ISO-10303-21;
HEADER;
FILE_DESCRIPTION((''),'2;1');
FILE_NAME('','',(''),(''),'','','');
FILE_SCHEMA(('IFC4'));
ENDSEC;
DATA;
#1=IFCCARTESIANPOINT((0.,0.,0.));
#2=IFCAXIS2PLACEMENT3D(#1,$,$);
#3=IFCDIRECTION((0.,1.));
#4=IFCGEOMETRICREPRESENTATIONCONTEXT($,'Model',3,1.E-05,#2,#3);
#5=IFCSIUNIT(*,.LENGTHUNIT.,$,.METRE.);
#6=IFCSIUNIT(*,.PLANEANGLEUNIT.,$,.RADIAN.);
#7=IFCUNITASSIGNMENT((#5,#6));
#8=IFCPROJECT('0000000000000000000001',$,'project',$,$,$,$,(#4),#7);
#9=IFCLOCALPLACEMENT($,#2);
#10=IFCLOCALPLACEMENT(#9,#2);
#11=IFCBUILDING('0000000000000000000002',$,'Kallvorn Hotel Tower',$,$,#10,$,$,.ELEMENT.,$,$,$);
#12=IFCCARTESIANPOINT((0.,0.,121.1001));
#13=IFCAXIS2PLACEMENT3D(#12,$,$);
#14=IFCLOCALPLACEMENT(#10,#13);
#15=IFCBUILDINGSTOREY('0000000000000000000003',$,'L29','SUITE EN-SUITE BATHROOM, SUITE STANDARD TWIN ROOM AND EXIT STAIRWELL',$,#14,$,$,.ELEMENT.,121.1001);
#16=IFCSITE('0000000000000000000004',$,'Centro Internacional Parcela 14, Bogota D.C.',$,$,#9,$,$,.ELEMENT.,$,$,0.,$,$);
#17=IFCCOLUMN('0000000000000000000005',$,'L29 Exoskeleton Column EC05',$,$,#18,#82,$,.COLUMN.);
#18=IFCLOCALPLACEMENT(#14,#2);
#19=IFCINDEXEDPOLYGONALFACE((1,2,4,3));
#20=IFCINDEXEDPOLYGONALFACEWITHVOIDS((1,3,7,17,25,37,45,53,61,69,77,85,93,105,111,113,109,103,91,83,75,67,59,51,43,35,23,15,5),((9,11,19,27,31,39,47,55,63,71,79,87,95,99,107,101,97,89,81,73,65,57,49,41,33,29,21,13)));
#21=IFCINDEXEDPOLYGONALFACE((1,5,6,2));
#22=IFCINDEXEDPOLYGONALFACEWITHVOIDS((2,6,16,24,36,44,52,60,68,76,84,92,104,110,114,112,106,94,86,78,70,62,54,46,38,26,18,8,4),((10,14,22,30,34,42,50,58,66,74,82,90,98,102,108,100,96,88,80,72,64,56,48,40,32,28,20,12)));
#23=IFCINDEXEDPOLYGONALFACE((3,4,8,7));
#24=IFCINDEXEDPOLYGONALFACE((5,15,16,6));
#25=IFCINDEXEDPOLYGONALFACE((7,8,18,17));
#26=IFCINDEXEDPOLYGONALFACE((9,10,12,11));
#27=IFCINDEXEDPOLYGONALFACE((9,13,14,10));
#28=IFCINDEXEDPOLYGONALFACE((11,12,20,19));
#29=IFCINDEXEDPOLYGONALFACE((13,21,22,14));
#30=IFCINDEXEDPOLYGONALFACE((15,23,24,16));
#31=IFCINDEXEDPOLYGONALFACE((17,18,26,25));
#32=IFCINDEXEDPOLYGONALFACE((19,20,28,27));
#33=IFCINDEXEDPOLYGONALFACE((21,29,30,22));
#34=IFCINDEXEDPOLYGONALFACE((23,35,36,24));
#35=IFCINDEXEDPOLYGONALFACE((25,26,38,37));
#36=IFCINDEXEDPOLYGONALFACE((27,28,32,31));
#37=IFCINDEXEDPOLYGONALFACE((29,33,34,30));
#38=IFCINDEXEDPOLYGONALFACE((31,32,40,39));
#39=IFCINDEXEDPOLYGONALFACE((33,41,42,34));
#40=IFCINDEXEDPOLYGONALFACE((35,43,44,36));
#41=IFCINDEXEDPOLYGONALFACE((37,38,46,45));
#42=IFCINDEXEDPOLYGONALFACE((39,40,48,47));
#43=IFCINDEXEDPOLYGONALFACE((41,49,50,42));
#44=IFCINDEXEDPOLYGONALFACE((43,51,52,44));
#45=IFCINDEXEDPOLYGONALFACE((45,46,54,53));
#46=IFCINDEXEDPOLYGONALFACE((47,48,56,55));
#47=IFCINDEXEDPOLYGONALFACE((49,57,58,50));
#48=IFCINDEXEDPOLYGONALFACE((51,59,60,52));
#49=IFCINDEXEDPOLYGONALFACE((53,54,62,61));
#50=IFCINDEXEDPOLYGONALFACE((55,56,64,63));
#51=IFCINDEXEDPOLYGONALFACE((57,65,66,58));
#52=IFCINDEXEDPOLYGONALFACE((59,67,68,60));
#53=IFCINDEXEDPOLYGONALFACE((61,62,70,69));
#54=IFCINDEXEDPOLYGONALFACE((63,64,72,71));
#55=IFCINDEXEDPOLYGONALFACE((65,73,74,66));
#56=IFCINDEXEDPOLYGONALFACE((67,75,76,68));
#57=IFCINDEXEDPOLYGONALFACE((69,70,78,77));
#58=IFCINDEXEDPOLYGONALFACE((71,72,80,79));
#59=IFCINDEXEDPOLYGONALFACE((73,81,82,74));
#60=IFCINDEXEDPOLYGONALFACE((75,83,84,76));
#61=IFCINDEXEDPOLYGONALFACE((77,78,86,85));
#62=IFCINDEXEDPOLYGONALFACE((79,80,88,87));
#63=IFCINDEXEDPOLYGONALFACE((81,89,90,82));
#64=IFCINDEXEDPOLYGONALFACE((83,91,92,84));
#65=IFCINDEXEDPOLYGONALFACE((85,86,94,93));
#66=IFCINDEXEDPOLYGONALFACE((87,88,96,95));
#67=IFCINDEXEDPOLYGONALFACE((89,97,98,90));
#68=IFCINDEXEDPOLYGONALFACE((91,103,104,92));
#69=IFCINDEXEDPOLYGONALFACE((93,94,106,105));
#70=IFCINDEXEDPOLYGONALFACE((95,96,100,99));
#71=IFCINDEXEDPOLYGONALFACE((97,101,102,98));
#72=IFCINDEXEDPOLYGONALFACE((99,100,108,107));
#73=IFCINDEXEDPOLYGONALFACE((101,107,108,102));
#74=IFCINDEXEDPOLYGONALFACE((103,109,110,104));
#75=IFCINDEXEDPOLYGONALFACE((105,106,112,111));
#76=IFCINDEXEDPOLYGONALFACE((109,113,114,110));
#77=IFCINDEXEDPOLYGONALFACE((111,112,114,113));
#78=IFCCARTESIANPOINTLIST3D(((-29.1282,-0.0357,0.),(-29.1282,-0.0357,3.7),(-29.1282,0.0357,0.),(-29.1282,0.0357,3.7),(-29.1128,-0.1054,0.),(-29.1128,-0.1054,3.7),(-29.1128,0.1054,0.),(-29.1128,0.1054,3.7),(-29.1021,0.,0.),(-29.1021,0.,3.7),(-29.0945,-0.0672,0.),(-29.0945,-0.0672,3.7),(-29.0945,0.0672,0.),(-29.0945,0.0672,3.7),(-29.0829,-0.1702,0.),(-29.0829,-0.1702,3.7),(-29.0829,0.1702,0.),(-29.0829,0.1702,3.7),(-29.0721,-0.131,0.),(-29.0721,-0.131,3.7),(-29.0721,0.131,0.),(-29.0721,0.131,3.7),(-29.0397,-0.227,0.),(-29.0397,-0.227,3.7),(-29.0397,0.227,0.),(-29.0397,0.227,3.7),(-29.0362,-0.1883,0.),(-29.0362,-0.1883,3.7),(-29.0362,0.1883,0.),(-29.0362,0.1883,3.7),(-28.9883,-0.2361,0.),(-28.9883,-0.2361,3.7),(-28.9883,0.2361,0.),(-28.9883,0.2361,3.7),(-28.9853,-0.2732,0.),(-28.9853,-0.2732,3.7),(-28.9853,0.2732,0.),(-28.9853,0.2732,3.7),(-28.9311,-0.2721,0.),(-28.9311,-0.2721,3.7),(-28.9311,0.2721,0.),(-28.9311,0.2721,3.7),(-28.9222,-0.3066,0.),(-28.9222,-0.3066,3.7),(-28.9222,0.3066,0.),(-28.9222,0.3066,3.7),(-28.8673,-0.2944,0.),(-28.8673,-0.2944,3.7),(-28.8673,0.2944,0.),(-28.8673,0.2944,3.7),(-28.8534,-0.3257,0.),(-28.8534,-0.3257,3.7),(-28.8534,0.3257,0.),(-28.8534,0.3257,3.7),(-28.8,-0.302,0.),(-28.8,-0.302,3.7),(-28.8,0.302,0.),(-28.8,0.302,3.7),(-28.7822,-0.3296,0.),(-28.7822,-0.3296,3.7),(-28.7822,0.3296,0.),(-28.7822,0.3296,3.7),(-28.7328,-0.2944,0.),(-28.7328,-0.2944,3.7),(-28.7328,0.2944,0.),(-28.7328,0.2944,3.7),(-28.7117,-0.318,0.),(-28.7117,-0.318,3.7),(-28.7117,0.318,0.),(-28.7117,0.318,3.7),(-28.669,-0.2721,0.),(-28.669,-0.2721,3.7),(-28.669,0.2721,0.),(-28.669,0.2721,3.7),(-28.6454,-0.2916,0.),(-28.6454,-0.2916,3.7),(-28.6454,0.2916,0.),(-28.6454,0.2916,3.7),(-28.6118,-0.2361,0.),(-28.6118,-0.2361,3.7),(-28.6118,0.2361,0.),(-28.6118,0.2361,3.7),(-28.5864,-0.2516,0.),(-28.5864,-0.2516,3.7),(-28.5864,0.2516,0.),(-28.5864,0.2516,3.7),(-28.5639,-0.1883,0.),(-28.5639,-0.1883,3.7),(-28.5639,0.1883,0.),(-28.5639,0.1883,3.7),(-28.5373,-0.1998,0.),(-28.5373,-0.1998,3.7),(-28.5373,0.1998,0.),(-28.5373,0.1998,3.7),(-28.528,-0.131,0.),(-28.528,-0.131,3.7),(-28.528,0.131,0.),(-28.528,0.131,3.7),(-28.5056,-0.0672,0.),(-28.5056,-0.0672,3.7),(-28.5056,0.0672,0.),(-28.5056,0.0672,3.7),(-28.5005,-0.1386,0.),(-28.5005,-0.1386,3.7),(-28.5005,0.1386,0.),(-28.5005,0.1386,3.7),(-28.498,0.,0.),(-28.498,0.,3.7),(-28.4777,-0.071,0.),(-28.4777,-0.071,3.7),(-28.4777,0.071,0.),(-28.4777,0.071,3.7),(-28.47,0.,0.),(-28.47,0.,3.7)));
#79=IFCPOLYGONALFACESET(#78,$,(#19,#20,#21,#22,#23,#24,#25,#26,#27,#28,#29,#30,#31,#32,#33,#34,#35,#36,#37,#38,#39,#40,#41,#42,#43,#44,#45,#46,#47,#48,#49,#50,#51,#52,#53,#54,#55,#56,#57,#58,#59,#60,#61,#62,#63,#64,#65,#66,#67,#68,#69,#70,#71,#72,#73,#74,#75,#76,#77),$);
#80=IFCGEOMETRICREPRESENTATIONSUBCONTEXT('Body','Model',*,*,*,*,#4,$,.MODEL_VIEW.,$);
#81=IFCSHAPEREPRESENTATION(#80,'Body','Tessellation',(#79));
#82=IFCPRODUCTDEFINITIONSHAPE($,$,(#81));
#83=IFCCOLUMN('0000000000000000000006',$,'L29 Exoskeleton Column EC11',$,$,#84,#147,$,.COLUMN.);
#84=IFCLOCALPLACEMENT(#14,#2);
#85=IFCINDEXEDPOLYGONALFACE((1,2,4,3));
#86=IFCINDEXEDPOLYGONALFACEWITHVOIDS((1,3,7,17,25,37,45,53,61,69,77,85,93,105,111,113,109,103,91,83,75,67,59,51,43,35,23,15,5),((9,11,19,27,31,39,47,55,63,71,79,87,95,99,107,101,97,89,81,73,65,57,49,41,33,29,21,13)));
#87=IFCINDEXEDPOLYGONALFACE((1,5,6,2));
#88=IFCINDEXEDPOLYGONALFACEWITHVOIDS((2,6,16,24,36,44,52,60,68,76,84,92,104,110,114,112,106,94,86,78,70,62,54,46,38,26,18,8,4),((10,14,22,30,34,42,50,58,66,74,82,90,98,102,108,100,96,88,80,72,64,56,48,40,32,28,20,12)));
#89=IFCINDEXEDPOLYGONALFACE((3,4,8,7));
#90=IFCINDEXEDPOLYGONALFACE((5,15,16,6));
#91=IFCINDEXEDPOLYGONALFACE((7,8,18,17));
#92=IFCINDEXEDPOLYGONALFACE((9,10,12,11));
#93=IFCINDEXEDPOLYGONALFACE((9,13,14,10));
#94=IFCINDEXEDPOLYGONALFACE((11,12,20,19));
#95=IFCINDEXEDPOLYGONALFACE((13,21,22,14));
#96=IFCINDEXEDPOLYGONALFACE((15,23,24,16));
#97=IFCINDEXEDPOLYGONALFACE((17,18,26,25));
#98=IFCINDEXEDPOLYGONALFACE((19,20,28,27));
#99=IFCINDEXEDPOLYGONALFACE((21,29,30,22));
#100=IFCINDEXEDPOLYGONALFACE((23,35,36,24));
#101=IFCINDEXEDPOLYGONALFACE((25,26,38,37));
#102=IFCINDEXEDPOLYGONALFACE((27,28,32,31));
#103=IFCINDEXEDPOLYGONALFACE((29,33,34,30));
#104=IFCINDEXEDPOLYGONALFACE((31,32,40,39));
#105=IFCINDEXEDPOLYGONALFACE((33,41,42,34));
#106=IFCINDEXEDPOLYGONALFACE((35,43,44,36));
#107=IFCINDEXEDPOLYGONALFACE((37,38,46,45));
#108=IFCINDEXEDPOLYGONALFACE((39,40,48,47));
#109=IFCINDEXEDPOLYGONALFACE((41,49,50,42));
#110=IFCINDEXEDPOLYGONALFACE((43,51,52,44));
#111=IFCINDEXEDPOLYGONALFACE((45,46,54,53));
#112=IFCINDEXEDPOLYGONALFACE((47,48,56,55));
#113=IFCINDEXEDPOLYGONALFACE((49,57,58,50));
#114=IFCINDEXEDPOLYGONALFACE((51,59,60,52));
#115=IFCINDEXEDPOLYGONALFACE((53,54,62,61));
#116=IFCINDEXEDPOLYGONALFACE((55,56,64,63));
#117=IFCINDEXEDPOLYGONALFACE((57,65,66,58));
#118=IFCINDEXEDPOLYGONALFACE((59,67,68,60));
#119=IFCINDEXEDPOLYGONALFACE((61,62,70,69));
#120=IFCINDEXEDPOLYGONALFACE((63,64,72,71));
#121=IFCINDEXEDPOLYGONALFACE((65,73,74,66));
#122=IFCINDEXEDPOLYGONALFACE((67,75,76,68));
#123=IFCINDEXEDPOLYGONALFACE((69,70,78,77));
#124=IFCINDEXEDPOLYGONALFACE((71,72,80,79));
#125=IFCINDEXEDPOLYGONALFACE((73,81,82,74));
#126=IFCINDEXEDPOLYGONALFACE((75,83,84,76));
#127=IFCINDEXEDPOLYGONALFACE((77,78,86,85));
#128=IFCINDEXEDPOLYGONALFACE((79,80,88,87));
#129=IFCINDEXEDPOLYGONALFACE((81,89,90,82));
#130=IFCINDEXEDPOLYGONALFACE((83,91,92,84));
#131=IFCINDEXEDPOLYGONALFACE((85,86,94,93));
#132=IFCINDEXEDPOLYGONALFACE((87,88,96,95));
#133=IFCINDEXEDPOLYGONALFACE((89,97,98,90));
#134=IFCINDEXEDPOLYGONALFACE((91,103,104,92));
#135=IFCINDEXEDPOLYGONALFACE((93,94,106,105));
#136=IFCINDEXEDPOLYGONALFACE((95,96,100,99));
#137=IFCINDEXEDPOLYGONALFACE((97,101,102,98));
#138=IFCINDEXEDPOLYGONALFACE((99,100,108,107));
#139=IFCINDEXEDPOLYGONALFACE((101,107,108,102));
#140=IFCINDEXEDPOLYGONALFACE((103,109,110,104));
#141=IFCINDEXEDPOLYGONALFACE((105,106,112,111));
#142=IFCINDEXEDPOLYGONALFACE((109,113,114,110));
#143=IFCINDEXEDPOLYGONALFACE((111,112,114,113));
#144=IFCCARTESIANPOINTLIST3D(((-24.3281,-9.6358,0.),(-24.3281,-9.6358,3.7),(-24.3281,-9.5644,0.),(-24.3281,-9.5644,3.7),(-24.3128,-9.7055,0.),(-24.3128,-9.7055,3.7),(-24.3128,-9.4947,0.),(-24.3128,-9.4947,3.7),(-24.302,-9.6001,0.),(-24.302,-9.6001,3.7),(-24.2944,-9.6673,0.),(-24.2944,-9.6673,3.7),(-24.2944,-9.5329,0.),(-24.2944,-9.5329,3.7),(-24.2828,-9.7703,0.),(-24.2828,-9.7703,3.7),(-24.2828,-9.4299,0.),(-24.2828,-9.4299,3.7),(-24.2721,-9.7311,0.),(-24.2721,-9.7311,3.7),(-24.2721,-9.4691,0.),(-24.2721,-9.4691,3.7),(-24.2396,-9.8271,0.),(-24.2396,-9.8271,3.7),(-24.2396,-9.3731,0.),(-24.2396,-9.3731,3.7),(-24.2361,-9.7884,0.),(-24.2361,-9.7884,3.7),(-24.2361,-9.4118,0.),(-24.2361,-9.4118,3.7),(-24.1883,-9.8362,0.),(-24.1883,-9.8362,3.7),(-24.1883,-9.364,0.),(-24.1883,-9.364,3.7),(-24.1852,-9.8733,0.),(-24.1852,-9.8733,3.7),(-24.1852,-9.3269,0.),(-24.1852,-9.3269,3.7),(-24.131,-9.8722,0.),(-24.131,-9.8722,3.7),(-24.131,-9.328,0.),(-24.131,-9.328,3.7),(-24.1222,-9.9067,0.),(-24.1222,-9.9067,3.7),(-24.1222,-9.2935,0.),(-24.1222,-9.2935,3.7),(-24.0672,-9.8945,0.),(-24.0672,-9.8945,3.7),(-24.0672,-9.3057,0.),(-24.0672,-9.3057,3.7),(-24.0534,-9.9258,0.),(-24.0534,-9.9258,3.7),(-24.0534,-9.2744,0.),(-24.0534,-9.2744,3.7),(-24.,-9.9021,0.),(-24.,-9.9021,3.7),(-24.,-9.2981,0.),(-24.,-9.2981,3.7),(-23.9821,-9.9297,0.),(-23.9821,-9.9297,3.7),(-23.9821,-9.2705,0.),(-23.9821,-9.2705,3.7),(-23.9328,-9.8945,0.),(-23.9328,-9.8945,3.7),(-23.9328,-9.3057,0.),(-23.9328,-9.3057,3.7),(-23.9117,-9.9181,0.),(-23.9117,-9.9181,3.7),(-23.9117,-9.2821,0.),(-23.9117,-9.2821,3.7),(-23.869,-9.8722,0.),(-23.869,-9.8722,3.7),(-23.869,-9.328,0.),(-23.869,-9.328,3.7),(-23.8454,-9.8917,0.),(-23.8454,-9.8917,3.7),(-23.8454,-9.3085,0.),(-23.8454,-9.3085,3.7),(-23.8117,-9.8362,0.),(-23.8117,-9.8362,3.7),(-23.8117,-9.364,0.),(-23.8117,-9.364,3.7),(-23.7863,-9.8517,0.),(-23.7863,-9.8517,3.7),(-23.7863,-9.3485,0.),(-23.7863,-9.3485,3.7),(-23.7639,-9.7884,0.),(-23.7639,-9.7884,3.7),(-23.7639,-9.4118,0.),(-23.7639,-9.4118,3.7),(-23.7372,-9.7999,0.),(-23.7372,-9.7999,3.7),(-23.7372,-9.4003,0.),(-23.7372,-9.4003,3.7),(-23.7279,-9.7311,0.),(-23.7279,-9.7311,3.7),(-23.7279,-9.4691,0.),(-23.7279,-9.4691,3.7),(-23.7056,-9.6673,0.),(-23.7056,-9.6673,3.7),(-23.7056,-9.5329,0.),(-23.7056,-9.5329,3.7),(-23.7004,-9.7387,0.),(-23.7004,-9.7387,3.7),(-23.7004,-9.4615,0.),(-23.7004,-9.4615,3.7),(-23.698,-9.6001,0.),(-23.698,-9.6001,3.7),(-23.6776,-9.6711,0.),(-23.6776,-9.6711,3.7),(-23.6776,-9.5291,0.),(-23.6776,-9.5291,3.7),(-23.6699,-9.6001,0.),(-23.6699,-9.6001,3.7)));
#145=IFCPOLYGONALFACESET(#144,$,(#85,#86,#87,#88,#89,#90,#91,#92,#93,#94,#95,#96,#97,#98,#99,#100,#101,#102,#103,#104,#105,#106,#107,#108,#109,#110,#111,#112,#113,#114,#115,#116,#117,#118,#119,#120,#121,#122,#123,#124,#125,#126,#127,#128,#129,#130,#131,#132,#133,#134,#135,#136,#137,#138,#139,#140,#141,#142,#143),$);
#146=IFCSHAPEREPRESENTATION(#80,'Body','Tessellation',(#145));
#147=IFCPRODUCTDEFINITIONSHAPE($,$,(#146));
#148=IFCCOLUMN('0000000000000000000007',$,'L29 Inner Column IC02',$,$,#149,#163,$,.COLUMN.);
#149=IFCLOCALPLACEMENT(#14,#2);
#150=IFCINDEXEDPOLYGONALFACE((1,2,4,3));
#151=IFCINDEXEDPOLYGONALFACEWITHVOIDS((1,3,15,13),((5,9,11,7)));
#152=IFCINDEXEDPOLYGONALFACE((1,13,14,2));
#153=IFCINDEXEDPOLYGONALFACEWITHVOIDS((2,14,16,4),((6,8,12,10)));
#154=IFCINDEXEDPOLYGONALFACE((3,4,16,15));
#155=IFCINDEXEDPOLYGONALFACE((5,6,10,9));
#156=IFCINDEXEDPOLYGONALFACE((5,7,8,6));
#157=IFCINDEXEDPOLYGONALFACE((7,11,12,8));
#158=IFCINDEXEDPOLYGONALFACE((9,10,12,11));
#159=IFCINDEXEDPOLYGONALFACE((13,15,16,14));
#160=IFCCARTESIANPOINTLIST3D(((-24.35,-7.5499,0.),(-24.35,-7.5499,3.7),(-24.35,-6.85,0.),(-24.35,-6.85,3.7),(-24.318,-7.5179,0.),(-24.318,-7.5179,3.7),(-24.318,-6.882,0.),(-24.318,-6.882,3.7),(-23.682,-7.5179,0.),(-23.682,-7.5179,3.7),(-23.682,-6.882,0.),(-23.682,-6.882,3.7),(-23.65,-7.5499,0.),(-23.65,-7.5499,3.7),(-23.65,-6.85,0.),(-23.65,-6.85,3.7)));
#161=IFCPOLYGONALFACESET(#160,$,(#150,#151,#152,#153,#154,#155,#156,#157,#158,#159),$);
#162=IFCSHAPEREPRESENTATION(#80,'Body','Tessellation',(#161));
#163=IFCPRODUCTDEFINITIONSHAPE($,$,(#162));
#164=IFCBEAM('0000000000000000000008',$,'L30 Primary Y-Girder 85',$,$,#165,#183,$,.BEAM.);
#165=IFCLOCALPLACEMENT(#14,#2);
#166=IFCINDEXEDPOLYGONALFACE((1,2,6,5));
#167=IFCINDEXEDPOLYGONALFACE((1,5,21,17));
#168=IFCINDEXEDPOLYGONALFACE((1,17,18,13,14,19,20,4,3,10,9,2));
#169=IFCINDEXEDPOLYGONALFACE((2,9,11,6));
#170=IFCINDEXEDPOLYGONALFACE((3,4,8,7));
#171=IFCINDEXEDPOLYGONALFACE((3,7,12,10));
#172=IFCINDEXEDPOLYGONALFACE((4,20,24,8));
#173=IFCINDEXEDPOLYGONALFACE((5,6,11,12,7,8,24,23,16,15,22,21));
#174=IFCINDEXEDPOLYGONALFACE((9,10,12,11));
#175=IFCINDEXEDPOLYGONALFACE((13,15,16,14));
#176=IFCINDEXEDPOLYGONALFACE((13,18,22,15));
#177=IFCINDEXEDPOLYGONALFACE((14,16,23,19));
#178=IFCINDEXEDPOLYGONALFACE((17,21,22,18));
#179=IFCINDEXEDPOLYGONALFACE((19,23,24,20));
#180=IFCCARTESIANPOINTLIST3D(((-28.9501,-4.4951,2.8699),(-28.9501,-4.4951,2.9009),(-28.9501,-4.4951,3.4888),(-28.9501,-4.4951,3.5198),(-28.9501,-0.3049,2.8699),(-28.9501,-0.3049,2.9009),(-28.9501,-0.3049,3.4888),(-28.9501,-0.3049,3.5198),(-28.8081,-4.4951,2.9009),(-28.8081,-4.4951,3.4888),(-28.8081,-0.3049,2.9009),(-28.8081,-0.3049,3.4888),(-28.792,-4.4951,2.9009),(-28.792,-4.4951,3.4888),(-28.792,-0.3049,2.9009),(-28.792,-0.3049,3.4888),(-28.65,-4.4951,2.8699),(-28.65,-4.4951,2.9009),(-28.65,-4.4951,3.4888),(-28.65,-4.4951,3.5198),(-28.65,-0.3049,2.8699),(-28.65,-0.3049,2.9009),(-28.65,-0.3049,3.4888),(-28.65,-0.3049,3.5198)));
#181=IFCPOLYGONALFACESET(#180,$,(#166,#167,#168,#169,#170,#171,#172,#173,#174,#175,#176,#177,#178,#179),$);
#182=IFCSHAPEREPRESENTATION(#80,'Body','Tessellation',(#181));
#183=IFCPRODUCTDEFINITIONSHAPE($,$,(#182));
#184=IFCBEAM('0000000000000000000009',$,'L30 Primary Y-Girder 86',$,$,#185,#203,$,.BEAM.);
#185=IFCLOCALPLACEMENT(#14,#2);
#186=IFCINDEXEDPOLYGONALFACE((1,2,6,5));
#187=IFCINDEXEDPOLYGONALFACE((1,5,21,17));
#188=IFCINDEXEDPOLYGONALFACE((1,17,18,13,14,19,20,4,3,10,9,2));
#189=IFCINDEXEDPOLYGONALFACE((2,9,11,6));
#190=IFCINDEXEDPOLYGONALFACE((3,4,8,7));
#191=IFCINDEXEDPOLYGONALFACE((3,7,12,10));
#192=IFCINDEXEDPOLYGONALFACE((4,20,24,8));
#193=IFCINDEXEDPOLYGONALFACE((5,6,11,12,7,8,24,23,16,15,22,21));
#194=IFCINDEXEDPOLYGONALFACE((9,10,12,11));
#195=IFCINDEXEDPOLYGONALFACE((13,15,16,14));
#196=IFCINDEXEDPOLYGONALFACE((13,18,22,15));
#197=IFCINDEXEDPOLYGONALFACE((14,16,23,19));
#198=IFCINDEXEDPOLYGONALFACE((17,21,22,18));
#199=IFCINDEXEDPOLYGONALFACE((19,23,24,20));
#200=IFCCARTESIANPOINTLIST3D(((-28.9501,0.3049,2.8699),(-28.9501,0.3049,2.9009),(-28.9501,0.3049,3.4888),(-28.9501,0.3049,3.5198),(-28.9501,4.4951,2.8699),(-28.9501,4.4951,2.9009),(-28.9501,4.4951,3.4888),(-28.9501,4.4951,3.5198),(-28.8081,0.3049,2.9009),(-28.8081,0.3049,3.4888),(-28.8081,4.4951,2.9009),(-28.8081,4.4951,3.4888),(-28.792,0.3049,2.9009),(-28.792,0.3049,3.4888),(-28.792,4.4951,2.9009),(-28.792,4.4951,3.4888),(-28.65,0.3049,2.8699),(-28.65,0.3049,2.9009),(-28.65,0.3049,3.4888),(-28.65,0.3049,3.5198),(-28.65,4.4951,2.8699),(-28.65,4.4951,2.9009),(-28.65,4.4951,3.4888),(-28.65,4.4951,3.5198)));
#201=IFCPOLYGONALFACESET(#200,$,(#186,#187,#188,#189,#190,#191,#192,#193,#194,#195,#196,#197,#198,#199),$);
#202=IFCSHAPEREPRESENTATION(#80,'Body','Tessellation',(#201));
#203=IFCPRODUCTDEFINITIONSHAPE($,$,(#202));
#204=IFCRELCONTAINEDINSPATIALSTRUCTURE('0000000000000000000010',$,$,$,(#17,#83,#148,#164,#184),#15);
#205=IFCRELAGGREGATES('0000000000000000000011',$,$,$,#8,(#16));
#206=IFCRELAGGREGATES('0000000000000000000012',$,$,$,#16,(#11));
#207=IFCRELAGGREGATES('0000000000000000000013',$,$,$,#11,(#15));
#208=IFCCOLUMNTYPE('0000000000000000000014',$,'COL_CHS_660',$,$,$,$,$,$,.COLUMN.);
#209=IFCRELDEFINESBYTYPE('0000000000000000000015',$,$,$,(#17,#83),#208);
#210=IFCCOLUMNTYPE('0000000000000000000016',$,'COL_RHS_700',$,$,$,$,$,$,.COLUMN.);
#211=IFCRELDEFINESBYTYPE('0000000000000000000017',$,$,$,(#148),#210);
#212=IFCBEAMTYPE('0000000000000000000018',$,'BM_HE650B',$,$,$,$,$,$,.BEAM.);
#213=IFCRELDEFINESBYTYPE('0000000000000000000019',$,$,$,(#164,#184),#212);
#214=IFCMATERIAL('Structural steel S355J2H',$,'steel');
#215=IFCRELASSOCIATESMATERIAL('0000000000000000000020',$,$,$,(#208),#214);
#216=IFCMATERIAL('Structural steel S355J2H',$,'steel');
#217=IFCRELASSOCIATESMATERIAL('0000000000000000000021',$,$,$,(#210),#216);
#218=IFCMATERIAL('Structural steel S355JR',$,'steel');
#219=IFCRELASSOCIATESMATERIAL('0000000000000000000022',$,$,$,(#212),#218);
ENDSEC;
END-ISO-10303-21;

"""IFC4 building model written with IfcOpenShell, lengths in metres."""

from ifc_helpers import new_model, si_unit, direction, frame, origin, origin_2d, place, context, subcontext, project, spatial, hollow_rectangle, hollow_circle, i_section, extrude, material, material_profile, profile_set, type_object, element, save


model = new_model("IFC4")

# Units and contexts
model_context = context("Model", 3, precision=1e-05, world=origin(), true_north=direction((0.0, 1.0)))
body_context = subcontext(model_context, "Body", "Model", "MODEL_VIEW")
ifc_project = project(units=[si_unit("LENGTHUNIT", "METRE"), si_unit("PLANEANGLEUNIT", "RADIAN")], contexts=[model_context])

# Site, building, storey
site_placement = place(None, origin())
site = spatial("IfcSite", under=ifc_project, at=site_placement, Name="Centro Internacional Parcela 14, Bogota D.C.", CompositionType="ELEMENT", RefElevation=0.0)
building_placement = place(site_placement, origin())
building = spatial("IfcBuilding", under=site, at=building_placement, Name="Kallvorn Hotel Tower", CompositionType="ELEMENT")
storey_placement = place(building_placement, frame((0.0, 0.0, 121.1001)))
storey = spatial("IfcBuildingStorey", under=building, at=storey_placement, Name="L29", Description="SUITE EN-SUITE BATHROOM, SUITE STANDARD TWIN ROOM AND EXIT STAIRWELL", CompositionType="ELEMENT", Elevation=121.1001)

# Columns
ifc_material_1 = material(Name="Structural steel S355J2H", Category="steel")
ifc_material_profile_1 = material_profile(ifc_material_1, hollow_circle(Radius=0.3301, WallThickness=0.0281, at=origin_2d()), Name="CHS 660x28")
ifc_profile_set_1 = profile_set([ifc_material_profile_1], Name="Structural steel S355J2H")
column_type_1 = type_object("IfcColumnType", Name="COL_CHS_660", PredefinedType="COLUMN", material=ifc_profile_set_1)
for number, where, z_axis, x_axis, name in (
    (1, (-28.8, 0.0, 0.0), (0.0, 0.0, 1.0), (1.0, 0.0, 0.0), "L29 Exoskeleton Column EC05"),
    (2, (-24.0, -9.6001, 0.0), (0.0, 0.0, 1.0), (1.0, 0.0, 0.0), "L29 Exoskeleton Column EC11"),
):
    element("IfcColumn", number, at=place(storey_placement, frame(where, z_axis=z_axis, x_axis=x_axis)), inside=storey, type_object=column_type_1, Name=name, PredefinedType="COLUMN", context=body_context, shape_type="SweptSolid", body=[
        extrude(hollow_circle(Radius=0.3301, WallThickness=0.0281, at=origin_2d()), origin(), (0.0, 0.0, 1.0), 3.7),
    ])
ifc_material_2 = material(Name="Structural steel S355J2H", Category="steel")
ifc_material_profile_2 = material_profile(ifc_material_2, hollow_rectangle(XDim=0.7, YDim=0.7, WallThickness=0.032, at=origin_2d()), Name="RHS 700x700x32")
ifc_profile_set_2 = profile_set([ifc_material_profile_2], Name="Structural steel S355J2H")
column_type_2 = type_object("IfcColumnType", Name="COL_RHS_700", PredefinedType="COLUMN", material=ifc_profile_set_2)
column_placement = place(storey_placement, frame((-24.0, -7.2, 0.0), z_axis=(0.0, 0.0, 1.0), x_axis=(1.0, 0.0, 0.0)))
element("IfcColumn", 3, at=column_placement, inside=storey, type_object=column_type_2, Name="L29 Inner Column IC02", PredefinedType="COLUMN", context=body_context, shape_type="SweptSolid", body=[
    extrude(hollow_rectangle(XDim=0.7, YDim=0.7, WallThickness=0.032, at=origin_2d()), origin(), (0.0, 0.0, 1.0), 3.7),
])

# Beams
ifc_material_3 = material(Name="Structural steel S355JR", Category="steel")
ifc_material_profile_3 = material_profile(ifc_material_3, i_section(OverallWidth=0.3, OverallDepth=0.6499, WebThickness=0.0161, FlangeThickness=0.031, at=origin_2d()), Name="HE 650 B")
ifc_profile_set_3 = profile_set([ifc_material_profile_3], Name="Structural steel S355JR")
beam_type_1 = type_object("IfcBeamType", Name="BM_HE650B", PredefinedType="BEAM", material=ifc_profile_set_3)
for number, where, z_axis, x_axis, name in (
    (4, (-28.8, -4.4951, 3.1948), (0.0, 1.0, 0.0), (-1.0, 0.0, 0.0), "L30 Primary Y-Girder 85"),
    (5, (-28.8, 0.3049, 3.1948), (0.0, 1.0, 0.0), (-1.0, 0.0, 0.0), "L30 Primary Y-Girder 86"),
):
    element("IfcBeam", number, at=place(storey_placement, frame(where, z_axis=z_axis, x_axis=x_axis)), inside=storey, type_object=beam_type_1, Name=name, PredefinedType="BEAM", context=body_context, shape_type="SweptSolid", body=[
        extrude(i_section(OverallWidth=0.3, OverallDepth=0.6499, WebThickness=0.0161, FlangeThickness=0.031, at=origin_2d()), origin(), (0.0, 0.0, 1.0), 4.1902),
    ])

save(model, "model.ifc")
